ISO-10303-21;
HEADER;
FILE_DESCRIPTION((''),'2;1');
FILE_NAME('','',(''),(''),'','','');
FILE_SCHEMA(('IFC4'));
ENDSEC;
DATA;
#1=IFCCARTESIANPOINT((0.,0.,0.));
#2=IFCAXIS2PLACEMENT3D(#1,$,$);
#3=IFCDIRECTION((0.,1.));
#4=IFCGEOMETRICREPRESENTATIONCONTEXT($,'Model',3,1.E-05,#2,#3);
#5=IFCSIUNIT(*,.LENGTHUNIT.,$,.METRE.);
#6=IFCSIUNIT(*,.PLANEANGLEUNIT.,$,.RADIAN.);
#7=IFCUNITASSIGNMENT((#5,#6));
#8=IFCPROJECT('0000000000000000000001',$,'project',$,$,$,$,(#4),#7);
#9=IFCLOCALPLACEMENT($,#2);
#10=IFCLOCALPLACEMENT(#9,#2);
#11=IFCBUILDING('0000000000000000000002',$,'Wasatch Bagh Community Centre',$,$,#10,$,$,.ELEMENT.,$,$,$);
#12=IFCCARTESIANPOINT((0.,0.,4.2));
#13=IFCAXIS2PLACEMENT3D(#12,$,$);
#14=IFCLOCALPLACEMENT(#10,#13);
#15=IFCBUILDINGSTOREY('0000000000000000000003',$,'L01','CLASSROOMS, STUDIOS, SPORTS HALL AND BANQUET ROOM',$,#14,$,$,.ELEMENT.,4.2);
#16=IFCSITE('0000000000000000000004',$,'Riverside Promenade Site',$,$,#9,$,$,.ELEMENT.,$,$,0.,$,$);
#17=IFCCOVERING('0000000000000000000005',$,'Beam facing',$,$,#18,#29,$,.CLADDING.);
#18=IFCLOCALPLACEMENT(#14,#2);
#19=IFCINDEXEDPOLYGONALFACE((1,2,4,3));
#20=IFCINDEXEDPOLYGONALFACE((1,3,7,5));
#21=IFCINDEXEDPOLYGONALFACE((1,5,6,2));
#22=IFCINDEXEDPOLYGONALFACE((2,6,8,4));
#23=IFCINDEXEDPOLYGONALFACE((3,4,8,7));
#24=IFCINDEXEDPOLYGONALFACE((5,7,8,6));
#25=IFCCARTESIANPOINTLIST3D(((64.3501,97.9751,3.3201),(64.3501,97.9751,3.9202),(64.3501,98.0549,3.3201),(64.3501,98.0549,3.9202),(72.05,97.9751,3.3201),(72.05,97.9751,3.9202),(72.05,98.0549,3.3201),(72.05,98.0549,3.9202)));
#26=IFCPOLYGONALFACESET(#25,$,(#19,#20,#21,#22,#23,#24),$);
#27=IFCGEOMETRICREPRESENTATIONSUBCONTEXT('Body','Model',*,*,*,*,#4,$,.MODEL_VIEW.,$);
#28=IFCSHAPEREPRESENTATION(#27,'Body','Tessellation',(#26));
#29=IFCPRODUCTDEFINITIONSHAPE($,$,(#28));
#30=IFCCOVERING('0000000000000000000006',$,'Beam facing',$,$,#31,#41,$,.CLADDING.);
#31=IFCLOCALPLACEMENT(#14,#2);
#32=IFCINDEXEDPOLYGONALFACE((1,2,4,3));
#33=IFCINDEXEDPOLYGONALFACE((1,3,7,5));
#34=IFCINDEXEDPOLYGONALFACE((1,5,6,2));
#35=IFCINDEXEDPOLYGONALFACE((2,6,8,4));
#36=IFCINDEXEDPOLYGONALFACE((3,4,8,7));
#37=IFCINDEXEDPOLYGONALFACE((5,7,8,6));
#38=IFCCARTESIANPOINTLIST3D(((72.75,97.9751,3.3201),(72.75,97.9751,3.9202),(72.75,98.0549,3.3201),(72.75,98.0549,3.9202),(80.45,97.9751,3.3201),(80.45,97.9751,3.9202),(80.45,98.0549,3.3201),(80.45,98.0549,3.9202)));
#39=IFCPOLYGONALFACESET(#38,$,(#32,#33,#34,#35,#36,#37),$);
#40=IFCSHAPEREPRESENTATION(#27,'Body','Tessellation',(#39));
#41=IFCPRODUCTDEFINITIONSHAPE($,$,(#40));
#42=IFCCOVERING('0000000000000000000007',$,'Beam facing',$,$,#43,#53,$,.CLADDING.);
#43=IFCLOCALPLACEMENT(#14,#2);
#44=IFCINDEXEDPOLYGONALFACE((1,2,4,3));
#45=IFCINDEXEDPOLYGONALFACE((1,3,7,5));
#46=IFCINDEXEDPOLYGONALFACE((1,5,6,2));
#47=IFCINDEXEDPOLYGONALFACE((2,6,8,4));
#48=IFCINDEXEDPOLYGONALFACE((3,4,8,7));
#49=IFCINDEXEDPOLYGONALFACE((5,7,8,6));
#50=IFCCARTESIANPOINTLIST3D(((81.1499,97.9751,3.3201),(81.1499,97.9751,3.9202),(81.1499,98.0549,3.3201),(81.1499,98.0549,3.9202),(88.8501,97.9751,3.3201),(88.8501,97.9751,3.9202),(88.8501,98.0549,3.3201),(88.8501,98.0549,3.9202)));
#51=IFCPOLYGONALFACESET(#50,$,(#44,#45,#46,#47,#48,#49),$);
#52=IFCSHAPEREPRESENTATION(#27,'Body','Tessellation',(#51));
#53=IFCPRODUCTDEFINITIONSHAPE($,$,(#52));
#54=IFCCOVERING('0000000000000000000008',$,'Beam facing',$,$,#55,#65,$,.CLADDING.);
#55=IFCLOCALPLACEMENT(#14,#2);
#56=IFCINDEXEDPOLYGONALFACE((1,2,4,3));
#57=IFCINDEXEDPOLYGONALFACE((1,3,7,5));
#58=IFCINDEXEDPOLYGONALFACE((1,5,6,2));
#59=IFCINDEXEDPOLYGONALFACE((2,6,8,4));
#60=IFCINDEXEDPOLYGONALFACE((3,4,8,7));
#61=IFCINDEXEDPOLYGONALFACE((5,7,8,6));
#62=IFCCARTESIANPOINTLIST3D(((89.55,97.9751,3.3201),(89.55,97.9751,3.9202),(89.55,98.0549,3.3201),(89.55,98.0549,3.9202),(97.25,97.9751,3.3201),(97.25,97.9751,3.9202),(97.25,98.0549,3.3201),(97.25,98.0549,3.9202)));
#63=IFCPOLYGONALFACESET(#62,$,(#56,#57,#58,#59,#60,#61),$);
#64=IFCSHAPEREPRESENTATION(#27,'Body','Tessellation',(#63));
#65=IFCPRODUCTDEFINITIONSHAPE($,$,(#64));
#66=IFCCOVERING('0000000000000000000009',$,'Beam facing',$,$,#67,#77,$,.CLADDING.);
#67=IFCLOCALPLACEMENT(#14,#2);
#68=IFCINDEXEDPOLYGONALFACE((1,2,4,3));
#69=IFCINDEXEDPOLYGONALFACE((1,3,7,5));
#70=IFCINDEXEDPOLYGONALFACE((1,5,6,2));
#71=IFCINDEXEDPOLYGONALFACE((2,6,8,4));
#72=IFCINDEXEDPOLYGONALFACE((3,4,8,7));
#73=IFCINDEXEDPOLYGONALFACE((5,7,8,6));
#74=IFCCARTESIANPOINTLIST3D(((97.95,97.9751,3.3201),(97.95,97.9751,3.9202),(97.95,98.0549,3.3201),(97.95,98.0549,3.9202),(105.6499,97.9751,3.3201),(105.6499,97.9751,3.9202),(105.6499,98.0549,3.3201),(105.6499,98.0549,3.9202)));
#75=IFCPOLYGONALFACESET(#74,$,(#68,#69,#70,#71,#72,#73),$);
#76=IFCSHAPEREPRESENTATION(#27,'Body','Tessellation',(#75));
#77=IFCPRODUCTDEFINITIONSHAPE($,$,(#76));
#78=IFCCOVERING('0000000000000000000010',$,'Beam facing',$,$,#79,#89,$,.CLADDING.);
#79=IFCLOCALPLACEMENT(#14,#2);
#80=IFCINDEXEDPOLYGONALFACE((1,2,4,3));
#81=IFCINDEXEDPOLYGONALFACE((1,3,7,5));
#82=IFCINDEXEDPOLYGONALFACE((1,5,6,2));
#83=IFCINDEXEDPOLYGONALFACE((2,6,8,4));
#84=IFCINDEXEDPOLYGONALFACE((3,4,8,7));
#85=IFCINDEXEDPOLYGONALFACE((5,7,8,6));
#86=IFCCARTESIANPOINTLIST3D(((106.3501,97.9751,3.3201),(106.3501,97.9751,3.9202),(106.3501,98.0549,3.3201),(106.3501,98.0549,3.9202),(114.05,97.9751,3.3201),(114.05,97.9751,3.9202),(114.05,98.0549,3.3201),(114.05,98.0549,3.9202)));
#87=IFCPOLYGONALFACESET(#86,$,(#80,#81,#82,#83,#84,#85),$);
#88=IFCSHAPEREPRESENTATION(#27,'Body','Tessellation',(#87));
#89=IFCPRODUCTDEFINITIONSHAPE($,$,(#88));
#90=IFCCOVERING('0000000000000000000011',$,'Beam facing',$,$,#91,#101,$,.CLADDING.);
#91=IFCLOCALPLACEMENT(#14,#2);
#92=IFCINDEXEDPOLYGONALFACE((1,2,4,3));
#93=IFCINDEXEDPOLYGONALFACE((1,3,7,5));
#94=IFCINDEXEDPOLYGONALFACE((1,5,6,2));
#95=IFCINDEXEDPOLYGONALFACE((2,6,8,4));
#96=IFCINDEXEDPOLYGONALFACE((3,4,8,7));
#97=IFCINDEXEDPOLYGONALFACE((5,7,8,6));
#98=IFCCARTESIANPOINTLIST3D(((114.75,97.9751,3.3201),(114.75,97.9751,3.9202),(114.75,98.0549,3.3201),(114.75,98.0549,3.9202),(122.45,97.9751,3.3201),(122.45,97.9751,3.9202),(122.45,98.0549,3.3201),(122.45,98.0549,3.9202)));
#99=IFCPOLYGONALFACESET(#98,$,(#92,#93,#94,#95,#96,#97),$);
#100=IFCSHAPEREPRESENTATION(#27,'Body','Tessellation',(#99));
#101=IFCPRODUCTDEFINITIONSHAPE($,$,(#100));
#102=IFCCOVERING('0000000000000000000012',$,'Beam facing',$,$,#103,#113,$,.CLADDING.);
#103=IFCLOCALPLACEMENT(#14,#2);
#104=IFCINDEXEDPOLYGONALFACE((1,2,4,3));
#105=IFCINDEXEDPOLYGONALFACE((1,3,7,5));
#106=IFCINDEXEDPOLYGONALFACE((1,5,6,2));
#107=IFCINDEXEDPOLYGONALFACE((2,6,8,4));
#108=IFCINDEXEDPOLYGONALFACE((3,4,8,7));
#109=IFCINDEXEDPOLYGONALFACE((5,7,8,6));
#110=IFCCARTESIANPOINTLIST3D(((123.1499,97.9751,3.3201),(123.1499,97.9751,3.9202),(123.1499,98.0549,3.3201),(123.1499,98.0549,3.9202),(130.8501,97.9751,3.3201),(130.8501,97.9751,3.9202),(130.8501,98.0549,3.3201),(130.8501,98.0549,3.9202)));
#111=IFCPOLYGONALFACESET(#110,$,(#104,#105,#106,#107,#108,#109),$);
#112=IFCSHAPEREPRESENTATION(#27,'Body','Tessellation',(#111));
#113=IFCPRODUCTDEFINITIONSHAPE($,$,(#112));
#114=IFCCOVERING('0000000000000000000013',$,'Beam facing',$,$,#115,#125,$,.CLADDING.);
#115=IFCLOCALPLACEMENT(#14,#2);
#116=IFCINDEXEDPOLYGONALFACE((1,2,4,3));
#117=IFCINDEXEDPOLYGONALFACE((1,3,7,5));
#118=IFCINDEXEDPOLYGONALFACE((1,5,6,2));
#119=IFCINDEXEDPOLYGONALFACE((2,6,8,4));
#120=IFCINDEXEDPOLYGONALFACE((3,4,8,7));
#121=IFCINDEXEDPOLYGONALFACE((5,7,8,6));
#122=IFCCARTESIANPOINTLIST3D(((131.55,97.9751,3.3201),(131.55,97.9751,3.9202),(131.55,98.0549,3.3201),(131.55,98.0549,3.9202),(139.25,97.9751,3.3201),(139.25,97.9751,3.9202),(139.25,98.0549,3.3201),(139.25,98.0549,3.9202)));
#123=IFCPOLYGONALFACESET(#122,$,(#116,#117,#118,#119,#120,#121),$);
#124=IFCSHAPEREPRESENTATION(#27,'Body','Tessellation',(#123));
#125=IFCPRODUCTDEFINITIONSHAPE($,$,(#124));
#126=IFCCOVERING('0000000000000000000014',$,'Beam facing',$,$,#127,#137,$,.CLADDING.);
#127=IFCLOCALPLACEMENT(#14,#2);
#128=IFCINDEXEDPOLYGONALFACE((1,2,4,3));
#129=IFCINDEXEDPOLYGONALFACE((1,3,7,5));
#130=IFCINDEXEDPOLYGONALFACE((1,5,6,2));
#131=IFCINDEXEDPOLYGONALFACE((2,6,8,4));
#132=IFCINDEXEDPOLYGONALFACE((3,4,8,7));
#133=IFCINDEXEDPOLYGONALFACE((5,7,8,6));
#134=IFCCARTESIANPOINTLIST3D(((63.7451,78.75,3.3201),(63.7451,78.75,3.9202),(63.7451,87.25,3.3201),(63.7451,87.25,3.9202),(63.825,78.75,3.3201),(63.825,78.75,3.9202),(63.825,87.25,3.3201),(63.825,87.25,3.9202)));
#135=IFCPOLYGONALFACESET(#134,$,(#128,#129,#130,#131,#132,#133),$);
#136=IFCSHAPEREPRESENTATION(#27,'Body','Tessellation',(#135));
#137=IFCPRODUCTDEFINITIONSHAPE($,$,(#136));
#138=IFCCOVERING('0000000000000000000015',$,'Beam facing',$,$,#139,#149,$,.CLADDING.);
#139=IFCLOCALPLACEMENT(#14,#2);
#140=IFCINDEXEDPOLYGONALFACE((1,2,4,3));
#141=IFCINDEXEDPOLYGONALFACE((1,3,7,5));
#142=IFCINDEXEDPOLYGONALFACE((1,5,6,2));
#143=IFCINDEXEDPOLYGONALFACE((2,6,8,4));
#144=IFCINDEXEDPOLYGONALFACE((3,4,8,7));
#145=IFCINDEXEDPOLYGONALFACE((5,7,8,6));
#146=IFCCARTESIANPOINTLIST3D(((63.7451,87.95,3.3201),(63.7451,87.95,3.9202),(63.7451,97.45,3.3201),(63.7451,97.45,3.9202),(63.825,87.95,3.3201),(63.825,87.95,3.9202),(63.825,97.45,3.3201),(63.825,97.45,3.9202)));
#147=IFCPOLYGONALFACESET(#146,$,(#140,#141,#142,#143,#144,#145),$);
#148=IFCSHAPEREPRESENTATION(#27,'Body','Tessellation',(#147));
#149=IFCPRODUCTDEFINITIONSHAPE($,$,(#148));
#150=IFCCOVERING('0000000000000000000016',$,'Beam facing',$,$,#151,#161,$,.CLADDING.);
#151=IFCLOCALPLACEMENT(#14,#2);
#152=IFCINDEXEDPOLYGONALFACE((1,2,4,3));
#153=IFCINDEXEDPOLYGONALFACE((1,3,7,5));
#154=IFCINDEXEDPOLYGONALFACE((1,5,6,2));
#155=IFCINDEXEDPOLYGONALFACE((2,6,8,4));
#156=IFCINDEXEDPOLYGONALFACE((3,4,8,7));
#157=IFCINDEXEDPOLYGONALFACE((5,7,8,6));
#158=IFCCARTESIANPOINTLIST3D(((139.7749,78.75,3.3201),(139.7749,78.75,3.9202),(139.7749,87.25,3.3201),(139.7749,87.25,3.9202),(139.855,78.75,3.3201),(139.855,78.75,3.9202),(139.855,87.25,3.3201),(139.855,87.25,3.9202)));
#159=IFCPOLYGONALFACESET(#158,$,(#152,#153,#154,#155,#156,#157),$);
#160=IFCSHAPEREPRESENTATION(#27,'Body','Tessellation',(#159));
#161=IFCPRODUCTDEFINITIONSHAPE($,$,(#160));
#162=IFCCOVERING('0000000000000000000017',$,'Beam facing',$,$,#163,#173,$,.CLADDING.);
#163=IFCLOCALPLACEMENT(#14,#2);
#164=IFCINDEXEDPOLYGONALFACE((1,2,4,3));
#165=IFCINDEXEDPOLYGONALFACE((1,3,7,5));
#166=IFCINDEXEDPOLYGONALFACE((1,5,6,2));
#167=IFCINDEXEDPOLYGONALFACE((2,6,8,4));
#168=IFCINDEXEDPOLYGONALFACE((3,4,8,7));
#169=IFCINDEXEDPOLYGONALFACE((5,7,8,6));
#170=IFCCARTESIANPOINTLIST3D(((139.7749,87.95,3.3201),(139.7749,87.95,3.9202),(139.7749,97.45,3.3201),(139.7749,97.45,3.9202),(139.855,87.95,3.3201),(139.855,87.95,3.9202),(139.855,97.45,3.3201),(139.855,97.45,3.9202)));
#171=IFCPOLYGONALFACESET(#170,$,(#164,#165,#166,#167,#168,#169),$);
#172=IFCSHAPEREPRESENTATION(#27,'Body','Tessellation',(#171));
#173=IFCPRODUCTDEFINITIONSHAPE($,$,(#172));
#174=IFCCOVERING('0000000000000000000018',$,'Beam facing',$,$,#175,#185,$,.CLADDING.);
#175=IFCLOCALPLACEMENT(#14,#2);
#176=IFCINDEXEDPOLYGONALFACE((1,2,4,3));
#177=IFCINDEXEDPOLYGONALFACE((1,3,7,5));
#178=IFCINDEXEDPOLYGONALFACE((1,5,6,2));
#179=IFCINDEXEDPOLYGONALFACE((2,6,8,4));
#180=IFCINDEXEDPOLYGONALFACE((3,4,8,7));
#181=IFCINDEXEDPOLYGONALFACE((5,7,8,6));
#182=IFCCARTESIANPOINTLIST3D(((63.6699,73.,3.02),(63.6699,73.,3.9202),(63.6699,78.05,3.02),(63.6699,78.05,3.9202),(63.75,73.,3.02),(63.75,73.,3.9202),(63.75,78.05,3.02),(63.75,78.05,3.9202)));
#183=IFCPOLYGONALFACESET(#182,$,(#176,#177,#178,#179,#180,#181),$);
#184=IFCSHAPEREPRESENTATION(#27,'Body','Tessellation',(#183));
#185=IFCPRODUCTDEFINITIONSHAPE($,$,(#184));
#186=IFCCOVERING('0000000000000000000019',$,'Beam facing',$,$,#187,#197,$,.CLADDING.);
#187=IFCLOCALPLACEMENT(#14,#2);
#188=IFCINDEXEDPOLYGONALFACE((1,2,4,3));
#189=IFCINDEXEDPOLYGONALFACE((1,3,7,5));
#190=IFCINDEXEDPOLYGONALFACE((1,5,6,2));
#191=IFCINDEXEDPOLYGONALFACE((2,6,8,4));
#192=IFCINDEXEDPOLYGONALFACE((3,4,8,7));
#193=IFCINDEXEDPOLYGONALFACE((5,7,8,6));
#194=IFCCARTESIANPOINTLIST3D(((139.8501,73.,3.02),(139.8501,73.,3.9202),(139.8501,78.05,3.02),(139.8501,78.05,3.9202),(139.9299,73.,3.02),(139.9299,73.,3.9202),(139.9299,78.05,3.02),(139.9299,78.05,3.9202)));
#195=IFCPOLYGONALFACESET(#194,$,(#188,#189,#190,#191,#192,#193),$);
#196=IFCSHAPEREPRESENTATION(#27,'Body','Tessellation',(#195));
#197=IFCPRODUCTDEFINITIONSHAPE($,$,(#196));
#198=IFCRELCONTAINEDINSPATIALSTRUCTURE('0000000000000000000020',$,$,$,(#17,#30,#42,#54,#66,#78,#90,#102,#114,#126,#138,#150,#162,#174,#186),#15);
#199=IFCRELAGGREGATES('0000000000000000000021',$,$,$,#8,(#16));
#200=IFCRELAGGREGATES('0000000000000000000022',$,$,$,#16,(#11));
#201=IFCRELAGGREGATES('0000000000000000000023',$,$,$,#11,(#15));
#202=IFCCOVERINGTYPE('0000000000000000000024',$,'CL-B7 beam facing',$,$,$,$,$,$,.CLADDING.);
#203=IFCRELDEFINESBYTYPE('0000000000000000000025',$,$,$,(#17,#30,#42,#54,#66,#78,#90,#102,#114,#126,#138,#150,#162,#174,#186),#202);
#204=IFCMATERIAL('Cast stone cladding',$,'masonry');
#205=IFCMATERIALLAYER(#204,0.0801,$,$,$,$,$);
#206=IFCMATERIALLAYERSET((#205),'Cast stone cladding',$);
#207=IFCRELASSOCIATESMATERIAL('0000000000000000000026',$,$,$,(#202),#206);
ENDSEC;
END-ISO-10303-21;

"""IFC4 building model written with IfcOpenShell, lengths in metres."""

from ifc_helpers import new_model, si_unit, direction, frame, origin, place, context, subcontext, project, spatial, polyline, outline, extrude, material, layer, layer_set, type_object, element, save


model = new_model("IFC4")

# Units and contexts
model_context = context("Model", 3, precision=1e-05, world=origin(), true_north=direction((0.0, 1.0)))
body_context = subcontext(model_context, "Body", "Model", "MODEL_VIEW")
ifc_project = project(units=[si_unit("LENGTHUNIT", "METRE"), si_unit("PLANEANGLEUNIT", "RADIAN")], contexts=[model_context])

# Site, building, storey
site_placement = place(None, origin())
site = spatial("IfcSite", under=ifc_project, at=site_placement, Name="Riverside Promenade Site", CompositionType="ELEMENT", RefElevation=0.0)
building_placement = place(site_placement, origin())
building = spatial("IfcBuilding", under=site, at=building_placement, Name="Wasatch Bagh Community Centre", CompositionType="ELEMENT")
storey_placement = place(building_placement, frame((0.0, 0.0, 4.2)))
storey = spatial("IfcBuildingStorey", under=building, at=storey_placement, Name="L01", Description="CLASSROOMS, STUDIOS, SPORTS HALL AND BANQUET ROOM", CompositionType="ELEMENT", Elevation=4.2)

# Coverings
ifc_material = material(Name="Cast stone cladding", Category="masonry")
ifc_layer = layer(ifc_material, 0.0801)
ifc_layer_set = layer_set([ifc_layer], Name="Cast stone cladding")
covering_type = type_object("IfcCoveringType", Name="CL-B7 beam facing", PredefinedType="CLADDING", material=ifc_layer_set)
covering_1_placement = place(storey_placement, frame((0.0, 0.0, 3.3201)))
element("IfcCovering", 1, at=covering_1_placement, inside=storey, type_object=covering_type, Name="Beam facing", PredefinedType="CLADDING", context=body_context, shape_type="SweptSolid", body=[
    extrude(outline(polyline([(64.3501, 97.9751), (72.05, 97.9751), (72.05, 98.0549), (64.3501, 98.0549), (64.3501, 97.9751)])), origin(), (0.0, 0.0, 1.0), 0.6001),
])
covering_2_placement = place(storey_placement, frame((0.0, 0.0, 3.3201)))
element("IfcCovering", 2, at=covering_2_placement, inside=storey, type_object=covering_type, Name="Beam facing", PredefinedType="CLADDING", context=body_context, shape_type="SweptSolid", body=[
    extrude(outline(polyline([(72.75, 97.9751), (80.45, 97.9751), (80.45, 98.0549), (72.75, 98.0549), (72.75, 97.9751)])), origin(), (0.0, 0.0, 1.0), 0.6001),
])
covering_3_placement = place(storey_placement, frame((0.0, 0.0, 3.3201)))
element("IfcCovering", 3, at=covering_3_placement, inside=storey, type_object=covering_type, Name="Beam facing", PredefinedType="CLADDING", context=body_context, shape_type="SweptSolid", body=[
    extrude(outline(polyline([(81.1499, 97.9751), (88.8501, 97.9751), (88.8501, 98.0549), (81.1499, 98.0549), (81.1499, 97.9751)])), origin(), (0.0, 0.0, 1.0), 0.6001),
])
covering_4_placement = place(storey_placement, frame((0.0, 0.0, 3.3201)))
element("IfcCovering", 4, at=covering_4_placement, inside=storey, type_object=covering_type, Name="Beam facing", PredefinedType="CLADDING", context=body_context, shape_type="SweptSolid", body=[
    extrude(outline(polyline([(89.55, 97.9751), (97.25, 97.9751), (97.25, 98.0549), (89.55, 98.0549), (89.55, 97.9751)])), origin(), (0.0, 0.0, 1.0), 0.6001),
])
covering_5_placement = place(storey_placement, frame((0.0, 0.0, 3.3201)))
element("IfcCovering", 5, at=covering_5_placement, inside=storey, type_object=covering_type, Name="Beam facing", PredefinedType="CLADDING", context=body_context, shape_type="SweptSolid", body=[
    extrude(outline(polyline([(97.95, 97.9751), (105.6499, 97.9751), (105.6499, 98.0549), (97.95, 98.0549), (97.95, 97.9751)])), origin(), (0.0, 0.0, 1.0), 0.6001),
])
covering_6_placement = place(storey_placement, frame((0.0, 0.0, 3.3201)))
element("IfcCovering", 6, at=covering_6_placement, inside=storey, type_object=covering_type, Name="Beam facing", PredefinedType="CLADDING", context=body_context, shape_type="SweptSolid", body=[
    extrude(outline(polyline([(106.3501, 97.9751), (114.05, 97.9751), (114.05, 98.0549), (106.3501, 98.0549), (106.3501, 97.9751)])), origin(), (0.0, 0.0, 1.0), 0.6001),
])
covering_7_placement = place(storey_placement, frame((0.0, 0.0, 3.3201)))
element("IfcCovering", 7, at=covering_7_placement, inside=storey, type_object=covering_type, Name="Beam facing", PredefinedType="CLADDING", context=body_context, shape_type="SweptSolid", body=[
    extrude(outline(polyline([(114.75, 97.9751), (122.45, 97.9751), (122.45, 98.0549), (114.75, 98.0549), (114.75, 97.9751)])), origin(), (0.0, 0.0, 1.0), 0.6001),
])
covering_8_placement = place(storey_placement, frame((0.0, 0.0, 3.3201)))
element("IfcCovering", 8, at=covering_8_placement, inside=storey, type_object=covering_type, Name="Beam facing", PredefinedType="CLADDING", context=body_context, shape_type="SweptSolid", body=[
    extrude(outline(polyline([(123.1499, 97.9751), (130.8501, 97.9751), (130.8501, 98.0549), (123.1499, 98.0549), (123.1499, 97.9751)])), origin(), (0.0, 0.0, 1.0), 0.6001),
])
covering_9_placement = place(storey_placement, frame((0.0, 0.0, 3.3201)))
element("IfcCovering", 9, at=covering_9_placement, inside=storey, type_object=covering_type, Name="Beam facing", PredefinedType="CLADDING", context=body_context, shape_type="SweptSolid", body=[
    extrude(outline(polyline([(131.55, 97.9751), (139.25, 97.9751), (139.25, 98.0549), (131.55, 98.0549), (131.55, 97.9751)])), origin(), (0.0, 0.0, 1.0), 0.6001),
])
covering_10_placement = place(storey_placement, frame((0.0, 0.0, 3.3201)))
element("IfcCovering", 10, at=covering_10_placement, inside=storey, type_object=covering_type, Name="Beam facing", PredefinedType="CLADDING", context=body_context, shape_type="SweptSolid", body=[
    extrude(outline(polyline([(63.825, 78.75), (63.825, 87.25), (63.7451, 87.25), (63.7451, 78.75), (63.825, 78.75)])), origin(), (0.0, 0.0, 1.0), 0.6001),
])
covering_11_placement = place(storey_placement, frame((0.0, 0.0, 3.3201)))
element("IfcCovering", 11, at=covering_11_placement, inside=storey, type_object=covering_type, Name="Beam facing", PredefinedType="CLADDING", context=body_context, shape_type="SweptSolid", body=[
    extrude(outline(polyline([(63.825, 87.95), (63.825, 97.45), (63.7451, 97.45), (63.7451, 87.95), (63.825, 87.95)])), origin(), (0.0, 0.0, 1.0), 0.6001),
])
covering_12_placement = place(storey_placement, frame((0.0, 0.0, 3.3201)))
element("IfcCovering", 12, at=covering_12_placement, inside=storey, type_object=covering_type, Name="Beam facing", PredefinedType="CLADDING", context=body_context, shape_type="SweptSolid", body=[
    extrude(outline(polyline([(139.7749, 78.75), (139.7749, 87.25), (139.855, 87.25), (139.855, 78.75), (139.7749, 78.75)])), origin(), (0.0, 0.0, 1.0), 0.6001),
])
covering_13_placement = place(storey_placement, frame((0.0, 0.0, 3.3201)))
element("IfcCovering", 13, at=covering_13_placement, inside=storey, type_object=covering_type, Name="Beam facing", PredefinedType="CLADDING", context=body_context, shape_type="SweptSolid", body=[
    extrude(outline(polyline([(139.7749, 87.95), (139.7749, 97.45), (139.855, 97.45), (139.855, 87.95), (139.7749, 87.95)])), origin(), (0.0, 0.0, 1.0), 0.6001),
])
covering_14_placement = place(storey_placement, frame((0.0, 0.0, 3.02)))
element("IfcCovering", 14, at=covering_14_placement, inside=storey, type_object=covering_type, Name="Beam facing", PredefinedType="CLADDING", context=body_context, shape_type="SweptSolid", body=[
    extrude(outline(polyline([(63.75, 78.05), (63.75, 73.0), (63.6699, 73.0), (63.6699, 78.05), (63.75, 78.05)])), origin(), (0.0, 0.0, 1.0), 0.9001),
])
covering_15_placement = place(storey_placement, frame((0.0, 0.0, 3.02)))
element("IfcCovering", 15, at=covering_15_placement, inside=storey, type_object=covering_type, Name="Beam facing", PredefinedType="CLADDING", context=body_context, shape_type="SweptSolid", body=[
    extrude(outline(polyline([(139.8501, 78.05), (139.8501, 73.0), (139.9299, 73.0), (139.9299, 78.05), (139.8501, 78.05)])), origin(), (0.0, 0.0, 1.0), 0.9001),
])

save(model, "model.ifc")
